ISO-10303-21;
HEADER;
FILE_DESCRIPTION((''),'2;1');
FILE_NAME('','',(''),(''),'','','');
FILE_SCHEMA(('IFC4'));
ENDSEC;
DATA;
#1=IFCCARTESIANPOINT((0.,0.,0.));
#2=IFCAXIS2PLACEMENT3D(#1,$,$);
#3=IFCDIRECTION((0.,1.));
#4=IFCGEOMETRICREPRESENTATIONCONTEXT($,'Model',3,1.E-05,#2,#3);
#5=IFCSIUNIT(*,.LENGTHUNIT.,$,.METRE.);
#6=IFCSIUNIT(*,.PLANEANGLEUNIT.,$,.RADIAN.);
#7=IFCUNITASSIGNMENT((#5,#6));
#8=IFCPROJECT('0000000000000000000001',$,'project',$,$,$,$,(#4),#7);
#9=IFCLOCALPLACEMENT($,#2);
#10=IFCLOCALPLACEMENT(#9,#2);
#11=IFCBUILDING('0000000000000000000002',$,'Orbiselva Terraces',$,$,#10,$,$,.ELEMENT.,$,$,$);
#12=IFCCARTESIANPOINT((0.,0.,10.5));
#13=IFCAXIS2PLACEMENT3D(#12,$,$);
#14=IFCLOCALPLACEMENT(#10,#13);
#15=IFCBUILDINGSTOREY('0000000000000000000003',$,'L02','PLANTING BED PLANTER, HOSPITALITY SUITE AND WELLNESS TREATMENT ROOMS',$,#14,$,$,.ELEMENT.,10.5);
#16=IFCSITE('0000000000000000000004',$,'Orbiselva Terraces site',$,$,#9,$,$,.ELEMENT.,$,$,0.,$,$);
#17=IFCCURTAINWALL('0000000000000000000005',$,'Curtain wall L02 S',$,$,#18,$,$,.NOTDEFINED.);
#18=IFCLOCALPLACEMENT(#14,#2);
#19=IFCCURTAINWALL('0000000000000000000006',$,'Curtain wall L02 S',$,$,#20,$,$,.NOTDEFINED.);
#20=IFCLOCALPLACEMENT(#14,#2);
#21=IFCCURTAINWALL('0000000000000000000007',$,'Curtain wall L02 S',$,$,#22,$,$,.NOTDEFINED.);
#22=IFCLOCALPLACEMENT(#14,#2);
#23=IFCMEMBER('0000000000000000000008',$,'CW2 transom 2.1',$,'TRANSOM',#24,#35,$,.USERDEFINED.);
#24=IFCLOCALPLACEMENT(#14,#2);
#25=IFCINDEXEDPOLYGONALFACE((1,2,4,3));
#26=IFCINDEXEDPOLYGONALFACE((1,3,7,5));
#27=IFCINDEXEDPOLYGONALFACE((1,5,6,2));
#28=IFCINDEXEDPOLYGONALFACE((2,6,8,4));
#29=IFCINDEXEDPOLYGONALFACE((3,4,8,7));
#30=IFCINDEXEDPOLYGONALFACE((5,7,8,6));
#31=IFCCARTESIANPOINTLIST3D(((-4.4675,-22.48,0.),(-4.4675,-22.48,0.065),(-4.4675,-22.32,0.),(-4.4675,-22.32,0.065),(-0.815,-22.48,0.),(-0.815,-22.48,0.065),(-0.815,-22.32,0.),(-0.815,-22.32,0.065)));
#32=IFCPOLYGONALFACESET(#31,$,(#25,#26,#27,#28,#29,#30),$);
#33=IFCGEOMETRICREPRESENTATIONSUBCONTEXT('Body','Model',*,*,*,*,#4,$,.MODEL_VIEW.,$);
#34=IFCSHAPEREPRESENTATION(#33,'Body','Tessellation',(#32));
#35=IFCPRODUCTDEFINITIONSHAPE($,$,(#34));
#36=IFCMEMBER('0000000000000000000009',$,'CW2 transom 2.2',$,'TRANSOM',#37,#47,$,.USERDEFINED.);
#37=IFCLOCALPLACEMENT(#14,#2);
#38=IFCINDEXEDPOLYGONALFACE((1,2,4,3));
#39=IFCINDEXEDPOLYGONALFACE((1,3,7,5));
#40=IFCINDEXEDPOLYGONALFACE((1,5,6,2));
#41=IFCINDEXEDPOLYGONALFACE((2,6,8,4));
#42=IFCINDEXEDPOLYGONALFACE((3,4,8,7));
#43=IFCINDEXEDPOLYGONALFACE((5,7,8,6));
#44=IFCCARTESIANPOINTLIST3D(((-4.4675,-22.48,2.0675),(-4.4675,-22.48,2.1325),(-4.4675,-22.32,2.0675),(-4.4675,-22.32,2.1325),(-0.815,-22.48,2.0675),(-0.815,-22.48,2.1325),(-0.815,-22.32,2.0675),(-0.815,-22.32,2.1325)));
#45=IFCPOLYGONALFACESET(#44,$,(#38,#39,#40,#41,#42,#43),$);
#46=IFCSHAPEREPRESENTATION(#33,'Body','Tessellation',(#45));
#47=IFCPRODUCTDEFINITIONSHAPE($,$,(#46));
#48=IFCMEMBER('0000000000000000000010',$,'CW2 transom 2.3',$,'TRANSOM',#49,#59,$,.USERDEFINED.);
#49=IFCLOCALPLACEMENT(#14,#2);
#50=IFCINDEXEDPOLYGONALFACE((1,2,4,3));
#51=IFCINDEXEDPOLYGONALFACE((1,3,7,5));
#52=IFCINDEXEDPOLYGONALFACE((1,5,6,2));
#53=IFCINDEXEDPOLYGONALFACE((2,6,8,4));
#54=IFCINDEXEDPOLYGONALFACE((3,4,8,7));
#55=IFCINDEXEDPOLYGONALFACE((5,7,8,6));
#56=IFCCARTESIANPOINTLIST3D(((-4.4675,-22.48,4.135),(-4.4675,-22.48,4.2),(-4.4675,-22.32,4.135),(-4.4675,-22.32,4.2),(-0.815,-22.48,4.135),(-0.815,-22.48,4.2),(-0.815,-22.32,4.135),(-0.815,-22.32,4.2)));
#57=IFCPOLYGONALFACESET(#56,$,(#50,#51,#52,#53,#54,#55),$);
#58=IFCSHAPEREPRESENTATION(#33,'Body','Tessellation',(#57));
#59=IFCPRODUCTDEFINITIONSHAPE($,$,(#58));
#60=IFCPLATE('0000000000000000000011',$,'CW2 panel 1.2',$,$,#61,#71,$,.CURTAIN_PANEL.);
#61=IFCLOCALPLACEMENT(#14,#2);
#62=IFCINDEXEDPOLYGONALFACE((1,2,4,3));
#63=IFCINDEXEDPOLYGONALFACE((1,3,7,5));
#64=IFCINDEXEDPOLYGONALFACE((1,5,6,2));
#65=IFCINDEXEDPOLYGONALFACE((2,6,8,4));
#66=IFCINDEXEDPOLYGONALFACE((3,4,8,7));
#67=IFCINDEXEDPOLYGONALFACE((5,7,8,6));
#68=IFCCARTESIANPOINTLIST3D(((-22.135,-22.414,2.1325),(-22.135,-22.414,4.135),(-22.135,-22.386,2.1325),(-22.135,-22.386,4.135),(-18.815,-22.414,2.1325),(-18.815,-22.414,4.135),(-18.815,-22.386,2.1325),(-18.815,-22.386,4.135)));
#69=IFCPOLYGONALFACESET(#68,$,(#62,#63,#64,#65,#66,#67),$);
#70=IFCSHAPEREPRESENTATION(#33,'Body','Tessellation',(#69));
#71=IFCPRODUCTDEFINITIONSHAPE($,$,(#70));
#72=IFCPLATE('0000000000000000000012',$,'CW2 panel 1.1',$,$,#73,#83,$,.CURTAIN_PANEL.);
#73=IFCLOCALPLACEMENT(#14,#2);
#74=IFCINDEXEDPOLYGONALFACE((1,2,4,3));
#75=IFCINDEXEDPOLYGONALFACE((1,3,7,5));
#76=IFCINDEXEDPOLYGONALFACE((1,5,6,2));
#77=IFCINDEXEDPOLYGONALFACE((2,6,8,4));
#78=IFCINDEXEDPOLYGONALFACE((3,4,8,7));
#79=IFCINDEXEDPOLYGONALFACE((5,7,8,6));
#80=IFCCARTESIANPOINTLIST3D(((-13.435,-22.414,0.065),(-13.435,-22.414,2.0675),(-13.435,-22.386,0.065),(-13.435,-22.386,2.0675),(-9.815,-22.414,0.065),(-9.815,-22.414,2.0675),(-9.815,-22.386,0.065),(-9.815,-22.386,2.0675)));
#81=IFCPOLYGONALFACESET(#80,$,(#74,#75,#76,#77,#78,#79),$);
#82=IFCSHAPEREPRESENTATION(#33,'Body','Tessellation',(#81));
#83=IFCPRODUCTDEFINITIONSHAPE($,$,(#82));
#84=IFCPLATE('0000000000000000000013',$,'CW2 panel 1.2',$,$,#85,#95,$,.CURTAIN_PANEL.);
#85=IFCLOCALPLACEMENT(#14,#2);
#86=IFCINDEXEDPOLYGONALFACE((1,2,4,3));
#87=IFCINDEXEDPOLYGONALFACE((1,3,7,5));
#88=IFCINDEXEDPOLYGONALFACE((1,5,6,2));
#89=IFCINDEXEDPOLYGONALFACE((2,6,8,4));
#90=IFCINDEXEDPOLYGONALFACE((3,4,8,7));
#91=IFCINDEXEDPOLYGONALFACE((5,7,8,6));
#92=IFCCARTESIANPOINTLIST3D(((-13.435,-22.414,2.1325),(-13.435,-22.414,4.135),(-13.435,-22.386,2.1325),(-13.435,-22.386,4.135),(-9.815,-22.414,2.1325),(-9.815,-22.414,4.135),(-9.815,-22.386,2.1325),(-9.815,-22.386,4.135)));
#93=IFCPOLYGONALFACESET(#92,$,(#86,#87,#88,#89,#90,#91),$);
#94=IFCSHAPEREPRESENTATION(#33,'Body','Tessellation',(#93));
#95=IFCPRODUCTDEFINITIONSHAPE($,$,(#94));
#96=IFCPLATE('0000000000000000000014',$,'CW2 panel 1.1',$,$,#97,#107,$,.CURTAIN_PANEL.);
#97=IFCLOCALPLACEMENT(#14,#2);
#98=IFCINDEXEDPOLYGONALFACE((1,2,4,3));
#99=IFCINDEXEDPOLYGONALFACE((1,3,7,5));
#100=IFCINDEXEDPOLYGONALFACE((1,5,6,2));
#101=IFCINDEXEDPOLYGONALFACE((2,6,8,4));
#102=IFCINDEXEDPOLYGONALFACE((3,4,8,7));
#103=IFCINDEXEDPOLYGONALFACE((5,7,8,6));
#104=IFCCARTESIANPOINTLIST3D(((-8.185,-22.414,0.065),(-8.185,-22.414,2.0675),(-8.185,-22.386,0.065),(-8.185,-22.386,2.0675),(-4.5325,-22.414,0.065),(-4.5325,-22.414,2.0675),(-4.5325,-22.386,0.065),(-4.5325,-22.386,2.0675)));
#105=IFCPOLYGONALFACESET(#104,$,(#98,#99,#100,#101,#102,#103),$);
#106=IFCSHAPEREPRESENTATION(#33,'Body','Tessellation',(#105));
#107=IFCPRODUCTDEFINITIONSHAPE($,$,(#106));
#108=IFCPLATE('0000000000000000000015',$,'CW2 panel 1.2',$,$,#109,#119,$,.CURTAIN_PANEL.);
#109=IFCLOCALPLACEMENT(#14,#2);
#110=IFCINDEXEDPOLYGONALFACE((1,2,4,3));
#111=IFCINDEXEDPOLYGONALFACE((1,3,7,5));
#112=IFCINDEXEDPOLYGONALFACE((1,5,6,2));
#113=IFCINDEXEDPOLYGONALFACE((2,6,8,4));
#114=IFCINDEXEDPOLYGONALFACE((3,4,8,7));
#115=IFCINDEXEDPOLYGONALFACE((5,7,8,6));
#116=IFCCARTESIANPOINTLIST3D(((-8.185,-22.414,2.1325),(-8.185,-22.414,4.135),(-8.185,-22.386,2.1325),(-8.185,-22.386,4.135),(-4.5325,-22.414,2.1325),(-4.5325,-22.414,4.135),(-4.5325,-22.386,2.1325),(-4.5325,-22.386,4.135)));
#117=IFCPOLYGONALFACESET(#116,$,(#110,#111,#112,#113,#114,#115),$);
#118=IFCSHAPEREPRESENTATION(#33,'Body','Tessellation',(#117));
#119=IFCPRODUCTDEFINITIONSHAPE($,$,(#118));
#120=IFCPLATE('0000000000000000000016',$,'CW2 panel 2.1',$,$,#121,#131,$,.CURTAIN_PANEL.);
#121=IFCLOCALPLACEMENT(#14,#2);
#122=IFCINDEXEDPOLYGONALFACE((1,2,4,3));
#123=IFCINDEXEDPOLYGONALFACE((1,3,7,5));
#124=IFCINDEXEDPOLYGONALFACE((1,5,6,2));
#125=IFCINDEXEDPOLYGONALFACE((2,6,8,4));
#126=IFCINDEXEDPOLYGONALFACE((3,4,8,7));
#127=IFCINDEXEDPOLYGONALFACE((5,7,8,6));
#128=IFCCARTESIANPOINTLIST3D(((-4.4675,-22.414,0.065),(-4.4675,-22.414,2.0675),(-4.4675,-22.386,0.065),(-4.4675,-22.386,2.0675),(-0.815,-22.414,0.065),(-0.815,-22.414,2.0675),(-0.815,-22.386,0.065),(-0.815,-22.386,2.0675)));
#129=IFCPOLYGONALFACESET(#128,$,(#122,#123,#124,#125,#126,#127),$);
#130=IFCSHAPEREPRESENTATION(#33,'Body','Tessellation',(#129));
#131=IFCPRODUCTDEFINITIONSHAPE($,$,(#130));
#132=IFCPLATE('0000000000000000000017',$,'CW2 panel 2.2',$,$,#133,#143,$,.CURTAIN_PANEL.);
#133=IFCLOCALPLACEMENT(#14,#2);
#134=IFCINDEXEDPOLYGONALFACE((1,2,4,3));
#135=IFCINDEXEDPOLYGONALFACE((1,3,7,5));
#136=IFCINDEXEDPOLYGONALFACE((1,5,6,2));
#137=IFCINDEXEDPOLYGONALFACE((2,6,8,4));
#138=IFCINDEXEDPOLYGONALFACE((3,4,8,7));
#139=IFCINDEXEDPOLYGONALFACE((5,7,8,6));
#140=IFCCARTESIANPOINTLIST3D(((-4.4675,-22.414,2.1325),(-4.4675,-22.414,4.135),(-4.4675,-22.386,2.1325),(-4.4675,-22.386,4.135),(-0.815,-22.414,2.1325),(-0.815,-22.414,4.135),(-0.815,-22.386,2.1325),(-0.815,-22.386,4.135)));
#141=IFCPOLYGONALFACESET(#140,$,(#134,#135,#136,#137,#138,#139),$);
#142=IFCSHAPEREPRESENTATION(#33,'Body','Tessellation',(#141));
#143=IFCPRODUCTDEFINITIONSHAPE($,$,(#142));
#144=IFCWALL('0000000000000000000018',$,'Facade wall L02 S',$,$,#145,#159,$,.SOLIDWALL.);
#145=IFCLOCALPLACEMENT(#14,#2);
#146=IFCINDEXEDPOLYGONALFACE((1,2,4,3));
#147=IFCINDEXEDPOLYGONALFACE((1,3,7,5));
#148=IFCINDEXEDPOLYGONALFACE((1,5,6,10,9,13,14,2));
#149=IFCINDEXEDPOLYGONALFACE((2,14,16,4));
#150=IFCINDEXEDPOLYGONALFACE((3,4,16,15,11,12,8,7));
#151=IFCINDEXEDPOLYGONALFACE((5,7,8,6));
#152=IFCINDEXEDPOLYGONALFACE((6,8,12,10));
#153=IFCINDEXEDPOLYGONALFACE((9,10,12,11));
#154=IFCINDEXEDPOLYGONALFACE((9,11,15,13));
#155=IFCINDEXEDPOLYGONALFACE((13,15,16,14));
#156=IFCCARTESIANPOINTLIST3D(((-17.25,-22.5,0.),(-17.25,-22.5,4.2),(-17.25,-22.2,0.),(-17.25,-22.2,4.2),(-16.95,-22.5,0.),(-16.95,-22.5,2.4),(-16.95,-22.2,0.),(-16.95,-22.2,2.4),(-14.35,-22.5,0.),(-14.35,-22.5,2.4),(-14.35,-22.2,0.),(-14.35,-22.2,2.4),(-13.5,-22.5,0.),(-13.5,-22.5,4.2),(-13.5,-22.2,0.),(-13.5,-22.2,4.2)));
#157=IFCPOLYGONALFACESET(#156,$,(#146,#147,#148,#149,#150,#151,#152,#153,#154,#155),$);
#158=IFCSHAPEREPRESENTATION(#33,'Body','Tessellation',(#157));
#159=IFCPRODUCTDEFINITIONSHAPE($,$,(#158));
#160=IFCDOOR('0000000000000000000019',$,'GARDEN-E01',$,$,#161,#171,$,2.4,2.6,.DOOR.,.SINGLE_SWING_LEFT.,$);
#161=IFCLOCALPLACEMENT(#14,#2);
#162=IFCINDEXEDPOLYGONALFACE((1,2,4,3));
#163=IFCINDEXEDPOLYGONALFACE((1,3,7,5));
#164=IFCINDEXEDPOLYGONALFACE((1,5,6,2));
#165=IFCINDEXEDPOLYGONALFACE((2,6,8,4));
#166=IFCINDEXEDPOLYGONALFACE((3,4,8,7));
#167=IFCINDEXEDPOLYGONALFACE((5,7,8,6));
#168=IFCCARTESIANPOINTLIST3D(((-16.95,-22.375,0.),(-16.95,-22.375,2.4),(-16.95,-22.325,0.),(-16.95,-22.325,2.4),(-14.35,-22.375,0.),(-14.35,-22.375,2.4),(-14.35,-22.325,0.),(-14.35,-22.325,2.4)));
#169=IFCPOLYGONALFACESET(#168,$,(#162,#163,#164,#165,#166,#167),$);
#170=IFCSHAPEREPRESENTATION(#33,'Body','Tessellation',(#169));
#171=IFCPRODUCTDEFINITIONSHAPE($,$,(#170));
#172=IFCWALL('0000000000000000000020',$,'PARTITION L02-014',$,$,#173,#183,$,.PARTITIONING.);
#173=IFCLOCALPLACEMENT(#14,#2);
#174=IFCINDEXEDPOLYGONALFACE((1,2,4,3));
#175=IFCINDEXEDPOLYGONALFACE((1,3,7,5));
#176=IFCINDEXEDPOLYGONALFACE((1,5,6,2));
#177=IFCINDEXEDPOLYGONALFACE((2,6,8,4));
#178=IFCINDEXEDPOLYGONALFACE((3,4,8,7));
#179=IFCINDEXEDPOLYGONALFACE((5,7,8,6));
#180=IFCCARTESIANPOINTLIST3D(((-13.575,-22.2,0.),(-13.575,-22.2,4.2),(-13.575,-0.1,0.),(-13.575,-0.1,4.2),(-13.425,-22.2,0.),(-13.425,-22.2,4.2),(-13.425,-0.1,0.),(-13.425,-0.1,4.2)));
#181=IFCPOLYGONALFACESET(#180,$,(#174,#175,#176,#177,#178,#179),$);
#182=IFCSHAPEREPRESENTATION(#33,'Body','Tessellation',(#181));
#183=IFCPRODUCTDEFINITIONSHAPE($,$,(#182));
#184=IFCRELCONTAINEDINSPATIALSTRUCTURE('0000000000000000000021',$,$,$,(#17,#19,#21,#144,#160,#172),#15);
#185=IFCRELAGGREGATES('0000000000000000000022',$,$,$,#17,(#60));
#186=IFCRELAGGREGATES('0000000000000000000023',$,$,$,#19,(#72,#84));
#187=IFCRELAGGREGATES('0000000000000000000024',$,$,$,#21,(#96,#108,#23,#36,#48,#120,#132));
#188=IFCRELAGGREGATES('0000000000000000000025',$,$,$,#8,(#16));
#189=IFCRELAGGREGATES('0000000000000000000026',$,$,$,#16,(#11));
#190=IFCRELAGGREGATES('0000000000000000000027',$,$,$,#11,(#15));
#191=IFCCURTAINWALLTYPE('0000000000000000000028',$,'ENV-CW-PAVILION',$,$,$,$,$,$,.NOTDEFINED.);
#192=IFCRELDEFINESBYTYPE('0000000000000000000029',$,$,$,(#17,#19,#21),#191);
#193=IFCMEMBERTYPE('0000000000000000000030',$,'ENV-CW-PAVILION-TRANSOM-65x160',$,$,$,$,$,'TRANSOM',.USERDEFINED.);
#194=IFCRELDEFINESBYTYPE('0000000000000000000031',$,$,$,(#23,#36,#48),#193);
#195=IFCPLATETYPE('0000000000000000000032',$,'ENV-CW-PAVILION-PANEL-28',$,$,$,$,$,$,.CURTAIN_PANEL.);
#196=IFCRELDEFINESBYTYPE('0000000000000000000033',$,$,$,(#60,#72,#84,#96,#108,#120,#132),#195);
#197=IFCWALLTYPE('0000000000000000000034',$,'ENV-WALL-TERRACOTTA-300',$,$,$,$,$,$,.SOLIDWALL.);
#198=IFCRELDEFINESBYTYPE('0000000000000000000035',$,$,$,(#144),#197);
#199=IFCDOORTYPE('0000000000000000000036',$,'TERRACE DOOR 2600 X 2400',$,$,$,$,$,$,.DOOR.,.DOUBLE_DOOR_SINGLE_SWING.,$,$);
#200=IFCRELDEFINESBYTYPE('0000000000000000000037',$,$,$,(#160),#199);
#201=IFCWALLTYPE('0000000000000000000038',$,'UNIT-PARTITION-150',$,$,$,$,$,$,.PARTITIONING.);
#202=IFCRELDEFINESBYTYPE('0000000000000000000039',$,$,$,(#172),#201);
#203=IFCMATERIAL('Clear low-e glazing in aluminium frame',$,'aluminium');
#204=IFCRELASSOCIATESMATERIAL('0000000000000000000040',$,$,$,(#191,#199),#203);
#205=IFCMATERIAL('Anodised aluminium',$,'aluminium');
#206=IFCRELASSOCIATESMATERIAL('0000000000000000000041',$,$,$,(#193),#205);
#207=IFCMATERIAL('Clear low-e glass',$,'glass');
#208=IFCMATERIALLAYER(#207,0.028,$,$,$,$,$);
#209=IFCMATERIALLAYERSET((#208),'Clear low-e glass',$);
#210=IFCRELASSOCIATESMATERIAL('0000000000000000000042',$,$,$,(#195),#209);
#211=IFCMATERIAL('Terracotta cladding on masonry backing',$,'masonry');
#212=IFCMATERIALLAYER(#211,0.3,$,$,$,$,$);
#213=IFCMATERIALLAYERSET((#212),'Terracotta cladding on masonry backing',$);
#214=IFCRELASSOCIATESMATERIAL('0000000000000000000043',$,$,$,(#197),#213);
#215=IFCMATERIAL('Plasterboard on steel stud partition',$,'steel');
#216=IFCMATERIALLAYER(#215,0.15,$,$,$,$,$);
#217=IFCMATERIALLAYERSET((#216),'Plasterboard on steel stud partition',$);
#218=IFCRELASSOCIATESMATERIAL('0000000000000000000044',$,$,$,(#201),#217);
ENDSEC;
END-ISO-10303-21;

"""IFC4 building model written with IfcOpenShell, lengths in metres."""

from ifc_helpers import new_model, si_unit, direction, frame, frame_2d, origin, origin_2d, place, context, subcontext, project, spatial, rectangle, extrude, material, layer, layer_set, material_profile, profile_set, type_object, element, fill, aggregate, save


model = new_model("IFC4")

# Units and contexts
model_context = context("Model", 3, precision=1e-05, world=origin(), true_north=direction((0.0, 1.0)))
body_context = subcontext(model_context, "Body", "Model", "MODEL_VIEW")
ifc_project = project(units=[si_unit("LENGTHUNIT", "METRE"), si_unit("PLANEANGLEUNIT", "RADIAN")], contexts=[model_context])

# Site, building, storey
site_placement = place(None, origin())
site = spatial("IfcSite", under=ifc_project, at=site_placement, Name="Orbiselva Terraces site", CompositionType="ELEMENT", RefElevation=0.0)
building_placement = place(site_placement, origin())
building = spatial("IfcBuilding", under=site, at=building_placement, Name="Orbiselva Terraces", CompositionType="ELEMENT")
storey_placement = place(building_placement, frame((0.0, 0.0, 10.5)))
storey = spatial("IfcBuildingStorey", under=building, at=storey_placement, Name="L02", Description="PLANTING BED PLANTER, HOSPITALITY SUITE AND WELLNESS TREATMENT ROOMS", CompositionType="ELEMENT", Elevation=10.5)

# Curtain wall
ifc_material_1 = material(Name="Clear low-e glazing in aluminium frame", Category="aluminium")
curtain_wall_type = type_object("IfcCurtainWallType", Name="ENV-CW-PAVILION", PredefinedType="NOTDEFINED", material=ifc_material_1)
curtain_wall_1_placement = place(storey_placement, origin())
curtain_wall_1 = element("IfcCurtainWall", 1, at=curtain_wall_1_placement, inside=storey, type_object=curtain_wall_type, Name="Curtain wall L02 S", PredefinedType="NOTDEFINED")
ifc_material_2 = material(Name="Anodised aluminium", Category="aluminium")

# Curtain walls
curtain_wall_2_placement = place(storey_placement, origin())
curtain_wall_2 = element("IfcCurtainWall", 2, at=curtain_wall_2_placement, inside=storey, type_object=curtain_wall_type, Name="Curtain wall L02 S", PredefinedType="NOTDEFINED")
curtain_wall_3_placement = place(storey_placement, origin())
curtain_wall_3 = element("IfcCurtainWall", 3, at=curtain_wall_3_placement, inside=storey, type_object=curtain_wall_type, Name="Curtain wall L02 S", PredefinedType="NOTDEFINED")

# Members
ifc_material_profile_1 = material_profile(ifc_material_2, rectangle(XDim=0.16, YDim=0.065, at=origin_2d()), Name="AL 65x160")
ifc_profile_set_1 = profile_set([ifc_material_profile_1], Name="Anodised aluminium")
member_type_1 = type_object("IfcMemberType", Name="ENV-CW-PAVILION-TRANSOM-65x160", ElementType="TRANSOM", PredefinedType="USERDEFINED", material=ifc_profile_set_1)
member_1_placement = place(storey_placement, frame((-4.4675, -22.4, 0.0325), z_axis=(1.0, 0.0, 0.0), x_axis=(0.0, 1.0, 0.0)))
member_1 = element("IfcMember", 4, at=member_1_placement, type_object=member_type_1, Name="CW2 transom 2.1", ObjectType="TRANSOM", PredefinedType="USERDEFINED", context=body_context, shape_type="SweptSolid", body=[
    extrude(rectangle(XDim=0.16, YDim=0.065, at=origin_2d()), origin(), (0.0, 0.0, 1.0), 3.6525),
])
member_2_placement = place(storey_placement, frame((-4.4675, -22.4, 2.1), z_axis=(1.0, 0.0, 0.0), x_axis=(0.0, 1.0, 0.0)))
member_2 = element("IfcMember", 5, at=member_2_placement, type_object=member_type_1, Name="CW2 transom 2.2", ObjectType="TRANSOM", PredefinedType="USERDEFINED", context=body_context, shape_type="SweptSolid", body=[
    extrude(rectangle(XDim=0.16, YDim=0.065, at=origin_2d()), origin(), (0.0, 0.0, 1.0), 3.6525),
])
member_3_placement = place(storey_placement, frame((-4.4675, -22.4, 4.1675), z_axis=(1.0, 0.0, 0.0), x_axis=(0.0, 1.0, 0.0)))
member_3 = element("IfcMember", 6, at=member_3_placement, type_object=member_type_1, Name="CW2 transom 2.3", ObjectType="TRANSOM", PredefinedType="USERDEFINED", context=body_context, shape_type="SweptSolid", body=[
    extrude(rectangle(XDim=0.16, YDim=0.065, at=origin_2d()), origin(), (0.0, 0.0, 1.0), 3.6525),
])

# Plates
ifc_material_3 = material(Name="Clear low-e glass", Category="glass")
ifc_layer_1 = layer(ifc_material_3, 0.028)
ifc_layer_set_1 = layer_set([ifc_layer_1], Name="Clear low-e glass")
plate_type = type_object("IfcPlateType", Name="ENV-CW-PAVILION-PANEL-28", PredefinedType="CURTAIN_PANEL", material=ifc_layer_set_1)
plate_1_placement = place(storey_placement, frame((-20.475, -22.4, 2.1325), z_axis=(0.0, 0.0, 1.0), x_axis=(1.0, 0.0, 0.0)))
plate_1 = element("IfcPlate", 7, at=plate_1_placement, type_object=plate_type, Name="CW2 panel 1.2", PredefinedType="CURTAIN_PANEL", context=body_context, shape_type="SweptSolid", body=[
    extrude(rectangle(XDim=3.32, YDim=0.028, at=origin_2d()), origin(), (0.0, 0.0, 1.0), 2.0025),
])
aggregate(curtain_wall_1, [plate_1])
plate_2_placement = place(storey_placement, frame((-11.625, -22.4, 0.065), z_axis=(0.0, 0.0, 1.0), x_axis=(1.0, 0.0, 0.0)))
plate_2 = element("IfcPlate", 8, at=plate_2_placement, type_object=plate_type, Name="CW2 panel 1.1", PredefinedType="CURTAIN_PANEL", context=body_context, shape_type="SweptSolid", body=[
    extrude(rectangle(XDim=3.62, YDim=0.028, at=origin_2d()), origin(), (0.0, 0.0, 1.0), 2.0025),
])
plate_3_placement = place(storey_placement, frame((-11.625, -22.4, 2.1325), z_axis=(0.0, 0.0, 1.0), x_axis=(1.0, 0.0, 0.0)))
plate_3 = element("IfcPlate", 9, at=plate_3_placement, type_object=plate_type, Name="CW2 panel 1.2", PredefinedType="CURTAIN_PANEL", context=body_context, shape_type="SweptSolid", body=[
    extrude(rectangle(XDim=3.62, YDim=0.028, at=origin_2d()), origin(), (0.0, 0.0, 1.0), 2.0025),
])
aggregate(curtain_wall_2, [plate_2, plate_3])
plate_4_placement = place(storey_placement, frame((-6.3587, -22.4, 0.065), z_axis=(0.0, 0.0, 1.0), x_axis=(1.0, 0.0, 0.0)))
plate_4 = element("IfcPlate", 10, at=plate_4_placement, type_object=plate_type, Name="CW2 panel 1.1", PredefinedType="CURTAIN_PANEL", context=body_context, shape_type="SweptSolid", body=[
    extrude(rectangle(XDim=3.6525, YDim=0.028, at=origin_2d()), origin(), (0.0, 0.0, 1.0), 2.0025),
])
plate_5_placement = place(storey_placement, frame((-6.3587, -22.4, 2.1325), z_axis=(0.0, 0.0, 1.0), x_axis=(1.0, 0.0, 0.0)))
plate_5 = element("IfcPlate", 11, at=plate_5_placement, type_object=plate_type, Name="CW2 panel 1.2", PredefinedType="CURTAIN_PANEL", context=body_context, shape_type="SweptSolid", body=[
    extrude(rectangle(XDim=3.6525, YDim=0.028, at=origin_2d()), origin(), (0.0, 0.0, 1.0), 2.0025),
])
plate_6_placement = place(storey_placement, frame((-2.6412, -22.4, 0.065), z_axis=(0.0, 0.0, 1.0), x_axis=(1.0, 0.0, 0.0)))
plate_6 = element("IfcPlate", 12, at=plate_6_placement, type_object=plate_type, Name="CW2 panel 2.1", PredefinedType="CURTAIN_PANEL", context=body_context, shape_type="SweptSolid", body=[
    extrude(rectangle(XDim=3.6525, YDim=0.028, at=origin_2d()), origin(), (0.0, 0.0, 1.0), 2.0025),
])
plate_7_placement = place(storey_placement, frame((-2.6412, -22.4, 2.1325), z_axis=(0.0, 0.0, 1.0), x_axis=(1.0, 0.0, 0.0)))
plate_7 = element("IfcPlate", 13, at=plate_7_placement, type_object=plate_type, Name="CW2 panel 2.2", PredefinedType="CURTAIN_PANEL", context=body_context, shape_type="SweptSolid", body=[
    extrude(rectangle(XDim=3.6525, YDim=0.028, at=origin_2d()), origin(), (0.0, 0.0, 1.0), 2.0025),
])
aggregate(curtain_wall_3, [plate_4, plate_5, member_1, member_2, member_3, plate_6, plate_7])

# Wall, opening, door
ifc_material_4 = material(Name="Terracotta cladding on masonry backing", Category="masonry")
ifc_layer_2 = layer(ifc_material_4, 0.3)
ifc_layer_set_2 = layer_set([ifc_layer_2], Name="Terracotta cladding on masonry backing")
wall_type_1 = type_object("IfcWallType", Name="ENV-WALL-TERRACOTTA-300", PredefinedType="SOLIDWALL", material=ifc_layer_set_2)
wall_1_placement = place(storey_placement, frame((-13.5, -22.35, 0.0), z_axis=(0.0, 0.0, 1.0), x_axis=(-1.0, 0.0, 0.0)))
wall_1 = element("IfcWall", 14, at=wall_1_placement, inside=storey, type_object=wall_type_1, Name="Facade wall L02 S", PredefinedType="SOLIDWALL", context=body_context, shape_type="SweptSolid", body=[
    extrude(rectangle(XDim=3.75, YDim=0.3, at=frame_2d((1.875, 0.0))), origin(), (0.0, 0.0, 1.0), 4.2),
])
opening_placement = place(wall_1_placement, frame((0.85, 0.0, 0.0)))
opening = element("IfcOpeningElement", 15, at=opening_placement, cuts=wall_1, PredefinedType="OPENING", context=body_context, shape_type="SweptSolid", body=[
    extrude(rectangle(XDim=2.6, YDim=2.4, at=frame_2d((1.3, 1.2))), frame((0.0, 0.16, 0.0), z_axis=(0.0, -1.0, 0.0), x_axis=(1.0, 0.0, 0.0)), (0.0, 0.0, 1.0), 0.32),
])
door_type = type_object("IfcDoorType", Name="TERRACE DOOR 2600 X 2400", OperationType="DOUBLE_DOOR_SINGLE_SWING", PredefinedType="DOOR", material=ifc_material_1)
door_placement = place(opening_placement, origin())
door = element("IfcDoor", 16, at=door_placement, inside=storey, type_object=door_type, Name="GARDEN-E01", OperationType="SINGLE_SWING_LEFT", OverallHeight=2.4, OverallWidth=2.6, PredefinedType="DOOR", context=body_context, shape_type="SweptSolid", body=[
    extrude(rectangle(XDim=2.6, YDim=2.4, at=frame_2d((1.3, 1.2))), frame((0.0, 0.025, 0.0), z_axis=(0.0, -1.0, 0.0), x_axis=(1.0, 0.0, 0.0)), (0.0, 0.0, 1.0), 0.05),
])
fill(opening, door)

# Wall
ifc_material_5 = material(Name="Plasterboard on steel stud partition", Category="steel")
ifc_layer_3 = layer(ifc_material_5, 0.15)
ifc_layer_set_3 = layer_set([ifc_layer_3], Name="Plasterboard on steel stud partition")
wall_type_2 = type_object("IfcWallType", Name="UNIT-PARTITION-150", PredefinedType="PARTITIONING", material=ifc_layer_set_3)
wall_2_placement = place(storey_placement, frame((-13.5, -22.2, 0.0), z_axis=(0.0, 0.0, 1.0), x_axis=(0.0, 1.0, 0.0)))
element("IfcWall", 17, at=wall_2_placement, inside=storey, type_object=wall_type_2, Name="PARTITION L02-014", PredefinedType="PARTITIONING", context=body_context, shape_type="SweptSolid", body=[
    extrude(rectangle(XDim=22.1, YDim=0.15, at=frame_2d((11.05, 0.0))), origin(), (0.0, 0.0, 1.0), 4.2),
])

save(model, "model.ifc")
